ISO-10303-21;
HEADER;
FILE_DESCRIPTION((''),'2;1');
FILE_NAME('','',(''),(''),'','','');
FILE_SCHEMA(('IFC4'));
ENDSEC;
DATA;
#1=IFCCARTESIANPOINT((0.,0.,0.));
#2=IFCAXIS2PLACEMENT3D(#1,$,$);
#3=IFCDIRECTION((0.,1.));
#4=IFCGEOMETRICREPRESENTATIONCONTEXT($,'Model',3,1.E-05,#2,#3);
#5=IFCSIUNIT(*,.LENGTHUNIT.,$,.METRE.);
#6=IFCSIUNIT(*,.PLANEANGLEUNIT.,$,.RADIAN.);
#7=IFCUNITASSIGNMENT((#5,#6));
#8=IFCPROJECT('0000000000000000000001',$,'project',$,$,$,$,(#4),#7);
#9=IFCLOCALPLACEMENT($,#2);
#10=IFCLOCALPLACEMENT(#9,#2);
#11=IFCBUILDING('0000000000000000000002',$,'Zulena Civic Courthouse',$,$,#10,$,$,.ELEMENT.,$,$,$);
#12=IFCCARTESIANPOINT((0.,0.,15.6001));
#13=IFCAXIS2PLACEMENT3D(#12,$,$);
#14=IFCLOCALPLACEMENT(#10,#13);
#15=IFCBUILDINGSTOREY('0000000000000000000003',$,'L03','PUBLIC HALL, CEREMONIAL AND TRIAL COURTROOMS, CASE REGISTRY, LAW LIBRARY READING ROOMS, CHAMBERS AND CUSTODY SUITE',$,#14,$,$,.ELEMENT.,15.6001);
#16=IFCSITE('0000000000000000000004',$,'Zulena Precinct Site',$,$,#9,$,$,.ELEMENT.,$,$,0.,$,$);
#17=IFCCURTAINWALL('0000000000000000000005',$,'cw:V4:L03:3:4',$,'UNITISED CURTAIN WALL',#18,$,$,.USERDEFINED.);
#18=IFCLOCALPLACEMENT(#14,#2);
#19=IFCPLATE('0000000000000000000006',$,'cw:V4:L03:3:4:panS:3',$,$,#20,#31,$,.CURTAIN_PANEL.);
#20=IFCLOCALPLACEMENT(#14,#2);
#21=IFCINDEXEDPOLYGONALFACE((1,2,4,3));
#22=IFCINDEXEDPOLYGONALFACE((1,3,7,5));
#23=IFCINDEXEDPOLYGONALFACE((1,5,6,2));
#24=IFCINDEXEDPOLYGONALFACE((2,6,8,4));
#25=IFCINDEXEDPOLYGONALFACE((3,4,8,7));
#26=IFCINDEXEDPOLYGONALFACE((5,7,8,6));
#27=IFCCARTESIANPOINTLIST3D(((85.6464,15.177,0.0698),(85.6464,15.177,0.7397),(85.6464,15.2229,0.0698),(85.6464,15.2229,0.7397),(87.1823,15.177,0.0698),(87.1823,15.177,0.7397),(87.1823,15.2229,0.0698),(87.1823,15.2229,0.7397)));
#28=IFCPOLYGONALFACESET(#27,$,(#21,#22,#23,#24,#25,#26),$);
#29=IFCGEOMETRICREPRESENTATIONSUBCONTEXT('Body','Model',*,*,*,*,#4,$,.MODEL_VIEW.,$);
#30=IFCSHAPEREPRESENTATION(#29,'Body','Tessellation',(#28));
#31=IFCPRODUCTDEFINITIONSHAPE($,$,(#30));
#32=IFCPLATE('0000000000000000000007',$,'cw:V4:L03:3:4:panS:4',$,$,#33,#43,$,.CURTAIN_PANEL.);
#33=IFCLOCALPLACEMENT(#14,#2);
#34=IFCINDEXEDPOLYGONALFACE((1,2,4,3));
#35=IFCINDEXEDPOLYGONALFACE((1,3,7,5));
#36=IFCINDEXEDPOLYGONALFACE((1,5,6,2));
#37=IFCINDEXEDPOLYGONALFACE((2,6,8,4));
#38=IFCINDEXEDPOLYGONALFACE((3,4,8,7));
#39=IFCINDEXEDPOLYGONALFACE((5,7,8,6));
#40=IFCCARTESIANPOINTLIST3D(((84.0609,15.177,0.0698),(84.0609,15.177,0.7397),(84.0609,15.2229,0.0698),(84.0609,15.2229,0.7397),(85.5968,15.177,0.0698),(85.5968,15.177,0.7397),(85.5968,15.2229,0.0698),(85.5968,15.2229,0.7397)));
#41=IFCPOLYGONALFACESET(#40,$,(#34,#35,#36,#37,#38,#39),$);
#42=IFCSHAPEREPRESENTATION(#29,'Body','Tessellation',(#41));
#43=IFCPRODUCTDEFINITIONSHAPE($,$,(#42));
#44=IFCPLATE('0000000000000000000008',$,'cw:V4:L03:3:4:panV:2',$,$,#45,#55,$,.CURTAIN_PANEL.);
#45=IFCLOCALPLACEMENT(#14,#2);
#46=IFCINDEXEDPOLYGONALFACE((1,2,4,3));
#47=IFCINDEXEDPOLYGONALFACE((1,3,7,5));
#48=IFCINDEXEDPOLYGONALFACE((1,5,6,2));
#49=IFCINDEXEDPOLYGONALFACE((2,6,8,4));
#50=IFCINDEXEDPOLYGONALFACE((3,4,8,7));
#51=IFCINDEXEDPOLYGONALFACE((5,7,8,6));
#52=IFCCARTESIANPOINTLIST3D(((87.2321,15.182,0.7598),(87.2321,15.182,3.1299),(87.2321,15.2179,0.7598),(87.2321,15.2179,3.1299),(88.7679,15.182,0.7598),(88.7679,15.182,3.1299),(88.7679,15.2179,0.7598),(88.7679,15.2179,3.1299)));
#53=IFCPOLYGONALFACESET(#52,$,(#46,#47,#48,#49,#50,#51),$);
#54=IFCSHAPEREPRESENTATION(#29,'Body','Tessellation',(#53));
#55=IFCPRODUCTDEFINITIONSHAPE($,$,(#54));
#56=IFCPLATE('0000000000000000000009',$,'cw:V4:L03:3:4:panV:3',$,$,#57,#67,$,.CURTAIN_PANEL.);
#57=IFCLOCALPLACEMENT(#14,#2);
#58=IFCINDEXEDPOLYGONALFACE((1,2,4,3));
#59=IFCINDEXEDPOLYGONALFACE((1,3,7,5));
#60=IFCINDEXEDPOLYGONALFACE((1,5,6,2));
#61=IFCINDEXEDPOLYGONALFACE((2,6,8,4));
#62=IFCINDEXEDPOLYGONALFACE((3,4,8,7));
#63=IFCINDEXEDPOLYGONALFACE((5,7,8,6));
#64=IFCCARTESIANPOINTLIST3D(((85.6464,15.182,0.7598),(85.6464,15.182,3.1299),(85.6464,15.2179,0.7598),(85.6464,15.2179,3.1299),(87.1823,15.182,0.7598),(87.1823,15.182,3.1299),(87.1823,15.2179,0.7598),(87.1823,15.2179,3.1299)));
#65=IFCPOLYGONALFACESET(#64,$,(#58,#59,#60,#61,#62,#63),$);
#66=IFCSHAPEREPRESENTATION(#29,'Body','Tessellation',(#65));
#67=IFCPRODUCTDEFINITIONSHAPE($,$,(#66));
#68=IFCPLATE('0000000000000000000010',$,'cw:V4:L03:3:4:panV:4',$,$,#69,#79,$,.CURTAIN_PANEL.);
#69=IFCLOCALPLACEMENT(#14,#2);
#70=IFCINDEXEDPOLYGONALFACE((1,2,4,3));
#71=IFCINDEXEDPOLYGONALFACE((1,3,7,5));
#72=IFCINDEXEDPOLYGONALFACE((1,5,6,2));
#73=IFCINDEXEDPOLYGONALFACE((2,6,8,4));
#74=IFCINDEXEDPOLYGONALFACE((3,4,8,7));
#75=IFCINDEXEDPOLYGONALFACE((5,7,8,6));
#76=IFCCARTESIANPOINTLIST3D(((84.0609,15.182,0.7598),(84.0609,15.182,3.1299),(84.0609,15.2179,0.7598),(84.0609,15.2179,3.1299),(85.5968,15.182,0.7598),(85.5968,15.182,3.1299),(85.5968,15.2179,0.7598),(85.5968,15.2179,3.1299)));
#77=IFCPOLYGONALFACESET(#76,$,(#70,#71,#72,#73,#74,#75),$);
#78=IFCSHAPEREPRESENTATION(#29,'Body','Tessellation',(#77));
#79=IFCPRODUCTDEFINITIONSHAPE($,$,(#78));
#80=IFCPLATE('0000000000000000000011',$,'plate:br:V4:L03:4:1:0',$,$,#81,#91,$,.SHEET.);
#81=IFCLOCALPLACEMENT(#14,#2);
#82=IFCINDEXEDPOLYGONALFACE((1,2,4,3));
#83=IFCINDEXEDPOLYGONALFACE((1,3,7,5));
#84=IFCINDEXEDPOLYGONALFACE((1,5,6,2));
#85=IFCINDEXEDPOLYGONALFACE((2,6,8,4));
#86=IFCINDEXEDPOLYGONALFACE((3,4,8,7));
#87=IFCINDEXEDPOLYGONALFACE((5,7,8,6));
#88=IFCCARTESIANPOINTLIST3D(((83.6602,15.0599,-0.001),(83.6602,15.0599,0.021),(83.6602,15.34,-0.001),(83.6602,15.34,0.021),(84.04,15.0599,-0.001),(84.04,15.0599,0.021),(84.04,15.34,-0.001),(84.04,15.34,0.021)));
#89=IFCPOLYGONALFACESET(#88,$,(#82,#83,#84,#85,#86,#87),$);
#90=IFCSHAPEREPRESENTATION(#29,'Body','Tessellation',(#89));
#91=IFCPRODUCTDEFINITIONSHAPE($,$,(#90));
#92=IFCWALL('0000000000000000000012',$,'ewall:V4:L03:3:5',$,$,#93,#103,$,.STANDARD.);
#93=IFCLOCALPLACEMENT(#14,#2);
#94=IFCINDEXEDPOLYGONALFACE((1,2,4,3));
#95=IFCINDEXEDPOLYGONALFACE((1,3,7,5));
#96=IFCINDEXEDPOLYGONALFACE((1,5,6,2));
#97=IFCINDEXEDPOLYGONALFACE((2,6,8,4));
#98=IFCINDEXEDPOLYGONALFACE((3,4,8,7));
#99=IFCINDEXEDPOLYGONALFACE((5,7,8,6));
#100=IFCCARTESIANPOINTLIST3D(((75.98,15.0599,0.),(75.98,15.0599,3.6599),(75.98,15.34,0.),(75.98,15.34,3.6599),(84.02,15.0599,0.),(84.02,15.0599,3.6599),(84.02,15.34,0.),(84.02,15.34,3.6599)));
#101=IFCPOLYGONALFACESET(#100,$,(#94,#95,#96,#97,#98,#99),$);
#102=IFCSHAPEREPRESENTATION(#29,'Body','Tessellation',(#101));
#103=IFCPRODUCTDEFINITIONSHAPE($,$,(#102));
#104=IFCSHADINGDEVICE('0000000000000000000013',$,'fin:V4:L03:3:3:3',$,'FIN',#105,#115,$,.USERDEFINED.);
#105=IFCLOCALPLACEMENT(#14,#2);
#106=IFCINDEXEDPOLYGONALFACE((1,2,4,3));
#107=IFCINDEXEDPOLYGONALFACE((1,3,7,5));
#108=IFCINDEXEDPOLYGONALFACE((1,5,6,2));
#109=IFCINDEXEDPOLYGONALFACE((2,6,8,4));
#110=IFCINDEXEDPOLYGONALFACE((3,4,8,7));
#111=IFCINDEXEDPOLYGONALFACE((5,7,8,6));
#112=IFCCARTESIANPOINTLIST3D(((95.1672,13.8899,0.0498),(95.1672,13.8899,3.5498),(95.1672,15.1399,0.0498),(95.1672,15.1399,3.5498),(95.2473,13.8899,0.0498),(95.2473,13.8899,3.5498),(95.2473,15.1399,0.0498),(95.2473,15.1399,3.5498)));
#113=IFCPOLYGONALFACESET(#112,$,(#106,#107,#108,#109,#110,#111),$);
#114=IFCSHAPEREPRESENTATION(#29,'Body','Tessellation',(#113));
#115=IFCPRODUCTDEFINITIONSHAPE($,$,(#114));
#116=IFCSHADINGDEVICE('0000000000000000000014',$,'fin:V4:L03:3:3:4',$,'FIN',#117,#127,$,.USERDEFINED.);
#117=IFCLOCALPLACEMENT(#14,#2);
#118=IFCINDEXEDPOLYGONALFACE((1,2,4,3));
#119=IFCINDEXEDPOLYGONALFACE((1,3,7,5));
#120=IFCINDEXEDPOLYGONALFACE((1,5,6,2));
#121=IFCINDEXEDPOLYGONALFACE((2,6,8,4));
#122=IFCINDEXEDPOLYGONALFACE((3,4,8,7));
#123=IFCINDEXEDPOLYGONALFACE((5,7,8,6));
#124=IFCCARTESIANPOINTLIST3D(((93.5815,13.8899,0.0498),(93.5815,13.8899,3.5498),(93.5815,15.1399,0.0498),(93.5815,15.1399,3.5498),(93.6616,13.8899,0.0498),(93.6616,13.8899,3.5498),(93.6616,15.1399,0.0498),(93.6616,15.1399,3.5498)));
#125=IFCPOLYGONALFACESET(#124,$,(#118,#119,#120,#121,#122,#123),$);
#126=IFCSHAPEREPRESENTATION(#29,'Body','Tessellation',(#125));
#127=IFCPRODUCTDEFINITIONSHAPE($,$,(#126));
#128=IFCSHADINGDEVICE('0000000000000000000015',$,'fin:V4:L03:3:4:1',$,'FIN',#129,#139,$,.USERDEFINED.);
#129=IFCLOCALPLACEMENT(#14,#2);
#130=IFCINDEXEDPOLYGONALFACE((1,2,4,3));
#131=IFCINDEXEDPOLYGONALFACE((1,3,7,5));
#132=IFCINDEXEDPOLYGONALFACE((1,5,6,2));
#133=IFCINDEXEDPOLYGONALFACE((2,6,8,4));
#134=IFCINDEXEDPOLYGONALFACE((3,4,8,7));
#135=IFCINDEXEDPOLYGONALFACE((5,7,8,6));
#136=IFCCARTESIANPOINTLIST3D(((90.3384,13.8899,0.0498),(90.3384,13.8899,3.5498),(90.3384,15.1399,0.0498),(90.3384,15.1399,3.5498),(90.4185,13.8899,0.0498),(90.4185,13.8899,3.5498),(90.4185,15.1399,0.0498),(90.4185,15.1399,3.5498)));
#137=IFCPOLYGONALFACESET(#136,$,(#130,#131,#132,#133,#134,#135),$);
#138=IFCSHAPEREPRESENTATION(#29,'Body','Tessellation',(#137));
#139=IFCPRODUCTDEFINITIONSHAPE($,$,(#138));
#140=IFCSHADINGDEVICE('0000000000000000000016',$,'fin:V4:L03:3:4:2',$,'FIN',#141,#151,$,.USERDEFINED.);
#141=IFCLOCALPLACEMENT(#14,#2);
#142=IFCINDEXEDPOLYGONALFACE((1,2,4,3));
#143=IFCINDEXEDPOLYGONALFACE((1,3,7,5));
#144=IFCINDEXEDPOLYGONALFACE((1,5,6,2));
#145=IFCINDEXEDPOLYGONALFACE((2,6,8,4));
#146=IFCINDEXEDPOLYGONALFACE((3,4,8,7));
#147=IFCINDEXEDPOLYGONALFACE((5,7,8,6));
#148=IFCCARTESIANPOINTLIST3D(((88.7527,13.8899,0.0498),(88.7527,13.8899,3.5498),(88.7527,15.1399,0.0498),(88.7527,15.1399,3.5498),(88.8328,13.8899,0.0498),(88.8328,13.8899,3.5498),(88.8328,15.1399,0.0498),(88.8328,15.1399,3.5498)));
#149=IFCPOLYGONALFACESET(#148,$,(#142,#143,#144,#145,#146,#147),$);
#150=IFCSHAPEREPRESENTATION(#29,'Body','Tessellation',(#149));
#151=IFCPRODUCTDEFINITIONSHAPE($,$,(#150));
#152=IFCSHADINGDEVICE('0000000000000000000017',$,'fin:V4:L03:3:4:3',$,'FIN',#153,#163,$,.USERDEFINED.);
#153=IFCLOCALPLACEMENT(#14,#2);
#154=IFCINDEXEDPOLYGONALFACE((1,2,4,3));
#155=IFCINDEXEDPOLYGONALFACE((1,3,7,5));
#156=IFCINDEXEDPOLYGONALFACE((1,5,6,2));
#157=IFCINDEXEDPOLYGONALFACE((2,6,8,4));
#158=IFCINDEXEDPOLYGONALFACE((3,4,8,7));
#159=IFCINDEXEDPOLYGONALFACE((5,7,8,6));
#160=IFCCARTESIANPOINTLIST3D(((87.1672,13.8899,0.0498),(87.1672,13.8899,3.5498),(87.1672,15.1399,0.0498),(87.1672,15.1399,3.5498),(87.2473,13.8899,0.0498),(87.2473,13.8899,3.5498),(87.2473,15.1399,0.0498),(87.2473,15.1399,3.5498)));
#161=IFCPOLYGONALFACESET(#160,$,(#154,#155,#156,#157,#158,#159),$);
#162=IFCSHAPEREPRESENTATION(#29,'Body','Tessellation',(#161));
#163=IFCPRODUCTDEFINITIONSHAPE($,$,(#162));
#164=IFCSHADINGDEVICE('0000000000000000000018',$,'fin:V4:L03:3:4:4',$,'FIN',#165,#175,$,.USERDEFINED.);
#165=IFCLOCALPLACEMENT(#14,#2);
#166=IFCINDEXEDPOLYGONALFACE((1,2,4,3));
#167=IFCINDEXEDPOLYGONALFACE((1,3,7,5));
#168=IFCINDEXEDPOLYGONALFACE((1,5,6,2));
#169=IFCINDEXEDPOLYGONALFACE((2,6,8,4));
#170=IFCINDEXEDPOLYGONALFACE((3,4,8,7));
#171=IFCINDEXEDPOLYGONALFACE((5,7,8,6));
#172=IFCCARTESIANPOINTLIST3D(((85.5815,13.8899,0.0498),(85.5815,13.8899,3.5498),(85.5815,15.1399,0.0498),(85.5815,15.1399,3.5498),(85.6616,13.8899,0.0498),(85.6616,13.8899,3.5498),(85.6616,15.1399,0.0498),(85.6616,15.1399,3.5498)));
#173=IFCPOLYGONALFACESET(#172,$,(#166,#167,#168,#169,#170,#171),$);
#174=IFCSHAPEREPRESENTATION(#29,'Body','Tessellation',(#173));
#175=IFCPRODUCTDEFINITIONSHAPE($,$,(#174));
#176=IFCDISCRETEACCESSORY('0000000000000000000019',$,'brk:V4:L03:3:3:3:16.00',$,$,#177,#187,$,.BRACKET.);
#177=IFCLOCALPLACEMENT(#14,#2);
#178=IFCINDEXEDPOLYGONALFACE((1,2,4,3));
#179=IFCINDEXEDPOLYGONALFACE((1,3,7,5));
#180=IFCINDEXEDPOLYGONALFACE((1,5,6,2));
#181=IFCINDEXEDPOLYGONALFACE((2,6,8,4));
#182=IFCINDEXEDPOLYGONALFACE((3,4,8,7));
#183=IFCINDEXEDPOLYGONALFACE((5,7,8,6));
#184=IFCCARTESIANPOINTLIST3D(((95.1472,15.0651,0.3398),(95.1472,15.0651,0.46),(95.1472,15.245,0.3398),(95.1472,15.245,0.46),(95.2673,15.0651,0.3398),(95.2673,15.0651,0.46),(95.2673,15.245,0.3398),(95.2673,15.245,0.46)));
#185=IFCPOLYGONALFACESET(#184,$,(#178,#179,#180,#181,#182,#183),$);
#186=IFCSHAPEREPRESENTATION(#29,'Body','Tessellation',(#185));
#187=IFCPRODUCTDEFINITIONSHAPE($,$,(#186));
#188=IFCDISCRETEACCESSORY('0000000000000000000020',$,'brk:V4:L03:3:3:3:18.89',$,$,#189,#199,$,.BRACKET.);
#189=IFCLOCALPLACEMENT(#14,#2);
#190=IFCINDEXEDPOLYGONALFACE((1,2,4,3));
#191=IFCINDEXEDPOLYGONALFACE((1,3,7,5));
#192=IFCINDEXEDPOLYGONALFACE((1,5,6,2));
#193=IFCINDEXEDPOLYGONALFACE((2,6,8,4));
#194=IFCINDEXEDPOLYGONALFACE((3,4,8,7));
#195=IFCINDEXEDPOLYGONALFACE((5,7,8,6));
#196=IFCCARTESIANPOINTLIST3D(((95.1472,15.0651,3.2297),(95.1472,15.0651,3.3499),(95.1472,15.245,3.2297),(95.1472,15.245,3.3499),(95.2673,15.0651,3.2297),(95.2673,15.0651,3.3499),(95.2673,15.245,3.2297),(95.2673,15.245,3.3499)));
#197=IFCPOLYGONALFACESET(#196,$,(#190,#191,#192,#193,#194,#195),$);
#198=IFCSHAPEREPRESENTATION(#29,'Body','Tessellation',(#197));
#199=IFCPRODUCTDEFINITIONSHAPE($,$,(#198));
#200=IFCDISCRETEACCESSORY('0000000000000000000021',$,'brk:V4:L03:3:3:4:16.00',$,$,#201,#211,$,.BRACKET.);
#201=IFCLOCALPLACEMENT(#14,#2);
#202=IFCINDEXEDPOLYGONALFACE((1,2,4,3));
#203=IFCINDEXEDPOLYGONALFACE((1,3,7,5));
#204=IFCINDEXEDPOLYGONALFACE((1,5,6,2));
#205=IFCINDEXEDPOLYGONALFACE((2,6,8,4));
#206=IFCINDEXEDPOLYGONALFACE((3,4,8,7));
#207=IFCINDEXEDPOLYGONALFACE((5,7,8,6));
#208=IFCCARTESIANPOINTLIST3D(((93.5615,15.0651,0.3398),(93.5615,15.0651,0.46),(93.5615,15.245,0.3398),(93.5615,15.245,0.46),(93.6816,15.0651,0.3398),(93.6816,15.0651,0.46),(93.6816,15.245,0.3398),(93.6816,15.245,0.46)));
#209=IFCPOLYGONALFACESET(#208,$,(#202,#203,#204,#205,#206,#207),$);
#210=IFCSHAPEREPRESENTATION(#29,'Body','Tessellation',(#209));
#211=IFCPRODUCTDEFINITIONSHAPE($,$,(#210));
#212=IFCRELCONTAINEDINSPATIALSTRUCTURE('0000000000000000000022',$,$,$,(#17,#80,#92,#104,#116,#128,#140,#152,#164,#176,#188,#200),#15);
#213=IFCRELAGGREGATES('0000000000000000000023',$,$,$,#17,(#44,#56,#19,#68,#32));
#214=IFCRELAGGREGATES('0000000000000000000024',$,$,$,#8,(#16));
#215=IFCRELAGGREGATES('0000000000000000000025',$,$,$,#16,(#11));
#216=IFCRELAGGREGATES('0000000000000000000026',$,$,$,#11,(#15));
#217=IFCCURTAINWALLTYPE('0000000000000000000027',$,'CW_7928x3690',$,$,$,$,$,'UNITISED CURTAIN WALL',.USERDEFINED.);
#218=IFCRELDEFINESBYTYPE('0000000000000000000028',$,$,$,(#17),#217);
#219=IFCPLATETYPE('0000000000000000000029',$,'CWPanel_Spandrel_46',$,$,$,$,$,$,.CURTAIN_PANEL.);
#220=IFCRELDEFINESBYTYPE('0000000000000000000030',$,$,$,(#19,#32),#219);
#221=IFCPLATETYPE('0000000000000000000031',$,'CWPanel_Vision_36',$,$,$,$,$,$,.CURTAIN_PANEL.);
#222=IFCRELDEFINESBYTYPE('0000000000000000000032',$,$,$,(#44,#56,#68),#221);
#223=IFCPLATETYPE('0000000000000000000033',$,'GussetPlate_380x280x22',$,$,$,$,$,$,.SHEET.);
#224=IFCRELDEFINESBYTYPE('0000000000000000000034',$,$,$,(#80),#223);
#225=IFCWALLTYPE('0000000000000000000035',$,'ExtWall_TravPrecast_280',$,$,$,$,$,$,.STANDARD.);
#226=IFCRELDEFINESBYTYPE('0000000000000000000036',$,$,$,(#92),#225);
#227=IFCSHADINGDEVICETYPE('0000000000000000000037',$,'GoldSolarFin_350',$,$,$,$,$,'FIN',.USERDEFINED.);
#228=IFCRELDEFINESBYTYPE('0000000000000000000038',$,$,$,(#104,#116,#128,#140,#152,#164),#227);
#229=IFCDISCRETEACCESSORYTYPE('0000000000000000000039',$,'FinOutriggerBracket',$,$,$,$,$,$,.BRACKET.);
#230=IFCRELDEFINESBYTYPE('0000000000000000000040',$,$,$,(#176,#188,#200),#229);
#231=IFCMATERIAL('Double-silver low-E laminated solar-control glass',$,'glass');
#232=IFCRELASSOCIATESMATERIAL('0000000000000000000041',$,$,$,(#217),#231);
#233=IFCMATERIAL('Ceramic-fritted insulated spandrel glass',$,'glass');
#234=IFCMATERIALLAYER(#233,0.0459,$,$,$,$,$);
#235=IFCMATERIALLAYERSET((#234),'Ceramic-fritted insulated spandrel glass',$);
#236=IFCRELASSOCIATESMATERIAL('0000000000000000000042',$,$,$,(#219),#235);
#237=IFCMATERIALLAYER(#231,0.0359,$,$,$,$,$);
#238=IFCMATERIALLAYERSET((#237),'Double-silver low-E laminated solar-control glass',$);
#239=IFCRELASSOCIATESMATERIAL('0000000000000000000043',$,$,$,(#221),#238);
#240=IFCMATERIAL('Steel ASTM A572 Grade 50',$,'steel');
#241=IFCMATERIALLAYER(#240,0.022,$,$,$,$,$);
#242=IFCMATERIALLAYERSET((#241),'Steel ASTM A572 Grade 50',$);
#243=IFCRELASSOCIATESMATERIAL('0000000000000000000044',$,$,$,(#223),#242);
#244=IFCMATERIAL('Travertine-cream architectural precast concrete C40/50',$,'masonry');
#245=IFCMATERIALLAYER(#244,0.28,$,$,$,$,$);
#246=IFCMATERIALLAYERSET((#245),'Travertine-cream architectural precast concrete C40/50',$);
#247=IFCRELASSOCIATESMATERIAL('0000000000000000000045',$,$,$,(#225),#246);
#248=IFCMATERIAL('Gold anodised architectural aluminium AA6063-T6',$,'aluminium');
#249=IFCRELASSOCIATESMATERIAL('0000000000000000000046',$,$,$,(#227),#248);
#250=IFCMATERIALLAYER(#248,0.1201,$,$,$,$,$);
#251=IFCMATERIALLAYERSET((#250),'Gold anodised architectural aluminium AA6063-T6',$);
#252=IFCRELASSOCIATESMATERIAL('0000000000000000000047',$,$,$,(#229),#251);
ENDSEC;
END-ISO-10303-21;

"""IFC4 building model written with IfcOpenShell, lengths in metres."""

from ifc_helpers import new_model, si_unit, direction, frame, frame_2d, origin, origin_2d, place, context, subcontext, project, spatial, rectangle, extrude, material, layer, layer_set, type_object, element, aggregate, save


model = new_model("IFC4")

# Units and contexts
model_context = context("Model", 3, precision=1e-05, world=origin(), true_north=direction((0.0, 1.0)))
body_context = subcontext(model_context, "Body", "Model", "MODEL_VIEW")
ifc_project = project(units=[si_unit("LENGTHUNIT", "METRE"), si_unit("PLANEANGLEUNIT", "RADIAN")], contexts=[model_context])

# Site, building, storey
site_placement = place(None, origin())
site = spatial("IfcSite", under=ifc_project, at=site_placement, Name="Zulena Precinct Site", CompositionType="ELEMENT", RefElevation=0.0)
building_placement = place(site_placement, origin())
building = spatial("IfcBuilding", under=site, at=building_placement, Name="Zulena Civic Courthouse", CompositionType="ELEMENT")
storey_placement = place(building_placement, frame((0.0, 0.0, 15.6001)))
storey = spatial("IfcBuildingStorey", under=building, at=storey_placement, Name="L03", Description="PUBLIC HALL, CEREMONIAL AND TRIAL COURTROOMS, CASE REGISTRY, LAW LIBRARY READING ROOMS, CHAMBERS AND CUSTODY SUITE", CompositionType="ELEMENT", Elevation=15.6001)

# Curtain wall
ifc_material_1 = material(Name="Double-silver low-E laminated solar-control glass", Category="glass")
curtain_wall_type = type_object("IfcCurtainWallType", Name="CW_7928x3690", ElementType="UNITISED CURTAIN WALL", PredefinedType="USERDEFINED", material=ifc_material_1)
curtain_wall_placement = place(storey_placement, origin())
curtain_wall = element("IfcCurtainWall", 1, at=curtain_wall_placement, inside=storey, type_object=curtain_wall_type, Name="cw:V4:L03:3:4", ObjectType="UNITISED CURTAIN WALL", PredefinedType="USERDEFINED")

# Plates
ifc_material_2 = material(Name="Ceramic-fritted insulated spandrel glass", Category="glass")
ifc_layer_1 = layer(ifc_material_2, 0.0459)
ifc_layer_set_1 = layer_set([ifc_layer_1], Name="Ceramic-fritted insulated spandrel glass")
plate_type_1 = type_object("IfcPlateType", Name="CWPanel_Spandrel_46", PredefinedType="CURTAIN_PANEL", material=ifc_layer_set_1)
plate_1_placement = place(storey_placement, frame((86.4143, 15.2, 0.0698), z_axis=(0.0, 0.0, 1.0), x_axis=(-1.0, 0.0, 0.0)))
plate_1 = element("IfcPlate", 2, at=plate_1_placement, type_object=plate_type_1, Name="cw:V4:L03:3:4:panS:3", PredefinedType="CURTAIN_PANEL", context=body_context, shape_type="SweptSolid", body=[
    extrude(rectangle(XDim=1.5359, YDim=0.0459, at=origin_2d()), origin(), (0.0, 0.0, 1.0), 0.6699),
])
plate_2_placement = place(storey_placement, frame((84.8289, 15.2, 0.0698), z_axis=(0.0, 0.0, 1.0), x_axis=(-1.0, 0.0, 0.0)))
plate_2 = element("IfcPlate", 3, at=plate_2_placement, type_object=plate_type_1, Name="cw:V4:L03:3:4:panS:4", PredefinedType="CURTAIN_PANEL", context=body_context, shape_type="SweptSolid", body=[
    extrude(rectangle(XDim=1.5359, YDim=0.0459, at=origin_2d()), origin(), (0.0, 0.0, 1.0), 0.6699),
])
ifc_layer_2 = layer(ifc_material_1, 0.0359)
ifc_layer_set_2 = layer_set([ifc_layer_2], Name="Double-silver low-E laminated solar-control glass")
plate_type_2 = type_object("IfcPlateType", Name="CWPanel_Vision_36", PredefinedType="CURTAIN_PANEL", material=ifc_layer_set_2)
plate_3_placement = place(storey_placement, frame((88.0, 15.2, 0.7598), z_axis=(0.0, 0.0, 1.0), x_axis=(-1.0, 0.0, 0.0)))
plate_3 = element("IfcPlate", 4, at=plate_3_placement, type_object=plate_type_2, Name="cw:V4:L03:3:4:panV:2", PredefinedType="CURTAIN_PANEL", context=body_context, shape_type="SweptSolid", body=[
    extrude(rectangle(XDim=1.5359, YDim=0.0359, at=origin_2d()), origin(), (0.0, 0.0, 1.0), 2.3701),
])
plate_4_placement = place(storey_placement, frame((86.4143, 15.2, 0.7598), z_axis=(0.0, 0.0, 1.0), x_axis=(-1.0, 0.0, 0.0)))
plate_4 = element("IfcPlate", 5, at=plate_4_placement, type_object=plate_type_2, Name="cw:V4:L03:3:4:panV:3", PredefinedType="CURTAIN_PANEL", context=body_context, shape_type="SweptSolid", body=[
    extrude(rectangle(XDim=1.5359, YDim=0.0359, at=origin_2d()), origin(), (0.0, 0.0, 1.0), 2.3701),
])
plate_5_placement = place(storey_placement, frame((84.8289, 15.2, 0.7598), z_axis=(0.0, 0.0, 1.0), x_axis=(-1.0, 0.0, 0.0)))
plate_5 = element("IfcPlate", 6, at=plate_5_placement, type_object=plate_type_2, Name="cw:V4:L03:3:4:panV:4", PredefinedType="CURTAIN_PANEL", context=body_context, shape_type="SweptSolid", body=[
    extrude(rectangle(XDim=1.5359, YDim=0.0359, at=origin_2d()), origin(), (0.0, 0.0, 1.0), 2.3701),
])
aggregate(curtain_wall, [plate_3, plate_4, plate_1, plate_5, plate_2])
ifc_material_3 = material(Name="Steel ASTM A572 Grade 50", Category="steel")
ifc_layer_3 = layer(ifc_material_3, 0.022)
ifc_layer_set_3 = layer_set([ifc_layer_3], Name="Steel ASTM A572 Grade 50")
plate_type_3 = type_object("IfcPlateType", Name="GussetPlate_380x280x22", PredefinedType="SHEET", material=ifc_layer_set_3)
plate_6_placement = place(storey_placement, frame((83.8501, 15.2, -0.001), z_axis=(0.0, 0.0, 1.0), x_axis=(1.0, 0.0, 0.0)))
element("IfcPlate", 7, at=plate_6_placement, inside=storey, type_object=plate_type_3, Name="plate:br:V4:L03:4:1:0", PredefinedType="SHEET", context=body_context, shape_type="SweptSolid", body=[
    extrude(rectangle(XDim=0.3799, YDim=0.28, at=origin_2d()), origin(), (0.0, 0.0, 1.0), 0.022),
])

# Wall
ifc_material_4 = material(Name="Travertine-cream architectural precast concrete C40/50", Category="masonry")
ifc_layer_4 = layer(ifc_material_4, 0.28)
ifc_layer_set_4 = layer_set([ifc_layer_4], Name="Travertine-cream architectural precast concrete C40/50")
wall_type = type_object("IfcWallType", Name="ExtWall_TravPrecast_280", PredefinedType="STANDARD", material=ifc_layer_set_4)
wall_placement = place(storey_placement, frame((84.02, 15.2, 0.0), z_axis=(0.0, 0.0, 1.0), x_axis=(-1.0, 0.0, 0.0)))
element("IfcWall", 8, at=wall_placement, inside=storey, type_object=wall_type, Name="ewall:V4:L03:3:5", PredefinedType="STANDARD", context=body_context, shape_type="SweptSolid", body=[
    extrude(rectangle(XDim=8.04, YDim=0.28, at=frame_2d((4.02, 0.0))), origin(), (0.0, 0.0, 1.0), 3.6599),
])

# Shading devices
ifc_material_5 = material(Name="Gold anodised architectural aluminium AA6063-T6", Category="aluminium")
shading_device_type = type_object("IfcShadingDeviceType", Name="GoldSolarFin_350", ElementType="FIN", PredefinedType="USERDEFINED", material=ifc_material_5)
for number, where, z_axis, x_axis, name in (
    (9, (95.2073, 14.5149, 0.0498), (0.0, 0.0, 1.0), (0.0, -1.0, 0.0), "fin:V4:L03:3:3:3"),
    (10, (93.6216, 14.5149, 0.0498), (0.0, 0.0, 1.0), (0.0, -1.0, 0.0), "fin:V4:L03:3:3:4"),
    (11, (90.3784, 14.5149, 0.0498), (0.0, 0.0, 1.0), (0.0, -1.0, 0.0), "fin:V4:L03:3:4:1"),
    (12, (88.7927, 14.5149, 0.0498), (0.0, 0.0, 1.0), (0.0, -1.0, 0.0), "fin:V4:L03:3:4:2"),
    (13, (87.2073, 14.5149, 0.0498), (0.0, 0.0, 1.0), (0.0, -1.0, 0.0), "fin:V4:L03:3:4:3"),
    (14, (85.6216, 14.5149, 0.0498), (0.0, 0.0, 1.0), (0.0, -1.0, 0.0), "fin:V4:L03:3:4:4"),
):
    element("IfcShadingDevice", number, at=place(storey_placement, frame(where, z_axis=z_axis, x_axis=x_axis)), inside=storey, type_object=shading_device_type, Name=name, ObjectType="FIN", PredefinedType="USERDEFINED", context=body_context, shape_type="SweptSolid", body=[
        extrude(rectangle(XDim=1.25, YDim=0.0801, at=origin_2d()), origin(), (0.0, 0.0, 1.0), 3.5),
    ])

# Discrete accessories
ifc_layer_5 = layer(ifc_material_5, 0.1201)
ifc_layer_set_5 = layer_set([ifc_layer_5], Name="Gold anodised architectural aluminium AA6063-T6")
discrete_accessory_type = type_object("IfcDiscreteAccessoryType", Name="FinOutriggerBracket", PredefinedType="BRACKET", material=ifc_layer_set_5)
for number, where, z_axis, x_axis, name in (
    (15, (95.2073, 15.155, 0.3398), (0.0, 0.0, 1.0), (0.0, -1.0, 0.0), "brk:V4:L03:3:3:3:16.00"),
    (16, (95.2073, 15.155, 3.2297), (0.0, 0.0, 1.0), (0.0, -1.0, 0.0), "brk:V4:L03:3:3:3:18.89"),
    (17, (93.6216, 15.155, 0.3398), (0.0, 0.0, 1.0), (0.0, -1.0, 0.0), "brk:V4:L03:3:3:4:16.00"),
):
    element("IfcDiscreteAccessory", number, at=place(storey_placement, frame(where, z_axis=z_axis, x_axis=x_axis)), inside=storey, type_object=discrete_accessory_type, Name=name, PredefinedType="BRACKET", context=body_context, shape_type="SweptSolid", body=[
        extrude(rectangle(XDim=0.1799, YDim=0.1201, at=origin_2d()), origin(), (0.0, 0.0, 1.0), 0.1201),
    ])

save(model, "model.ifc")
